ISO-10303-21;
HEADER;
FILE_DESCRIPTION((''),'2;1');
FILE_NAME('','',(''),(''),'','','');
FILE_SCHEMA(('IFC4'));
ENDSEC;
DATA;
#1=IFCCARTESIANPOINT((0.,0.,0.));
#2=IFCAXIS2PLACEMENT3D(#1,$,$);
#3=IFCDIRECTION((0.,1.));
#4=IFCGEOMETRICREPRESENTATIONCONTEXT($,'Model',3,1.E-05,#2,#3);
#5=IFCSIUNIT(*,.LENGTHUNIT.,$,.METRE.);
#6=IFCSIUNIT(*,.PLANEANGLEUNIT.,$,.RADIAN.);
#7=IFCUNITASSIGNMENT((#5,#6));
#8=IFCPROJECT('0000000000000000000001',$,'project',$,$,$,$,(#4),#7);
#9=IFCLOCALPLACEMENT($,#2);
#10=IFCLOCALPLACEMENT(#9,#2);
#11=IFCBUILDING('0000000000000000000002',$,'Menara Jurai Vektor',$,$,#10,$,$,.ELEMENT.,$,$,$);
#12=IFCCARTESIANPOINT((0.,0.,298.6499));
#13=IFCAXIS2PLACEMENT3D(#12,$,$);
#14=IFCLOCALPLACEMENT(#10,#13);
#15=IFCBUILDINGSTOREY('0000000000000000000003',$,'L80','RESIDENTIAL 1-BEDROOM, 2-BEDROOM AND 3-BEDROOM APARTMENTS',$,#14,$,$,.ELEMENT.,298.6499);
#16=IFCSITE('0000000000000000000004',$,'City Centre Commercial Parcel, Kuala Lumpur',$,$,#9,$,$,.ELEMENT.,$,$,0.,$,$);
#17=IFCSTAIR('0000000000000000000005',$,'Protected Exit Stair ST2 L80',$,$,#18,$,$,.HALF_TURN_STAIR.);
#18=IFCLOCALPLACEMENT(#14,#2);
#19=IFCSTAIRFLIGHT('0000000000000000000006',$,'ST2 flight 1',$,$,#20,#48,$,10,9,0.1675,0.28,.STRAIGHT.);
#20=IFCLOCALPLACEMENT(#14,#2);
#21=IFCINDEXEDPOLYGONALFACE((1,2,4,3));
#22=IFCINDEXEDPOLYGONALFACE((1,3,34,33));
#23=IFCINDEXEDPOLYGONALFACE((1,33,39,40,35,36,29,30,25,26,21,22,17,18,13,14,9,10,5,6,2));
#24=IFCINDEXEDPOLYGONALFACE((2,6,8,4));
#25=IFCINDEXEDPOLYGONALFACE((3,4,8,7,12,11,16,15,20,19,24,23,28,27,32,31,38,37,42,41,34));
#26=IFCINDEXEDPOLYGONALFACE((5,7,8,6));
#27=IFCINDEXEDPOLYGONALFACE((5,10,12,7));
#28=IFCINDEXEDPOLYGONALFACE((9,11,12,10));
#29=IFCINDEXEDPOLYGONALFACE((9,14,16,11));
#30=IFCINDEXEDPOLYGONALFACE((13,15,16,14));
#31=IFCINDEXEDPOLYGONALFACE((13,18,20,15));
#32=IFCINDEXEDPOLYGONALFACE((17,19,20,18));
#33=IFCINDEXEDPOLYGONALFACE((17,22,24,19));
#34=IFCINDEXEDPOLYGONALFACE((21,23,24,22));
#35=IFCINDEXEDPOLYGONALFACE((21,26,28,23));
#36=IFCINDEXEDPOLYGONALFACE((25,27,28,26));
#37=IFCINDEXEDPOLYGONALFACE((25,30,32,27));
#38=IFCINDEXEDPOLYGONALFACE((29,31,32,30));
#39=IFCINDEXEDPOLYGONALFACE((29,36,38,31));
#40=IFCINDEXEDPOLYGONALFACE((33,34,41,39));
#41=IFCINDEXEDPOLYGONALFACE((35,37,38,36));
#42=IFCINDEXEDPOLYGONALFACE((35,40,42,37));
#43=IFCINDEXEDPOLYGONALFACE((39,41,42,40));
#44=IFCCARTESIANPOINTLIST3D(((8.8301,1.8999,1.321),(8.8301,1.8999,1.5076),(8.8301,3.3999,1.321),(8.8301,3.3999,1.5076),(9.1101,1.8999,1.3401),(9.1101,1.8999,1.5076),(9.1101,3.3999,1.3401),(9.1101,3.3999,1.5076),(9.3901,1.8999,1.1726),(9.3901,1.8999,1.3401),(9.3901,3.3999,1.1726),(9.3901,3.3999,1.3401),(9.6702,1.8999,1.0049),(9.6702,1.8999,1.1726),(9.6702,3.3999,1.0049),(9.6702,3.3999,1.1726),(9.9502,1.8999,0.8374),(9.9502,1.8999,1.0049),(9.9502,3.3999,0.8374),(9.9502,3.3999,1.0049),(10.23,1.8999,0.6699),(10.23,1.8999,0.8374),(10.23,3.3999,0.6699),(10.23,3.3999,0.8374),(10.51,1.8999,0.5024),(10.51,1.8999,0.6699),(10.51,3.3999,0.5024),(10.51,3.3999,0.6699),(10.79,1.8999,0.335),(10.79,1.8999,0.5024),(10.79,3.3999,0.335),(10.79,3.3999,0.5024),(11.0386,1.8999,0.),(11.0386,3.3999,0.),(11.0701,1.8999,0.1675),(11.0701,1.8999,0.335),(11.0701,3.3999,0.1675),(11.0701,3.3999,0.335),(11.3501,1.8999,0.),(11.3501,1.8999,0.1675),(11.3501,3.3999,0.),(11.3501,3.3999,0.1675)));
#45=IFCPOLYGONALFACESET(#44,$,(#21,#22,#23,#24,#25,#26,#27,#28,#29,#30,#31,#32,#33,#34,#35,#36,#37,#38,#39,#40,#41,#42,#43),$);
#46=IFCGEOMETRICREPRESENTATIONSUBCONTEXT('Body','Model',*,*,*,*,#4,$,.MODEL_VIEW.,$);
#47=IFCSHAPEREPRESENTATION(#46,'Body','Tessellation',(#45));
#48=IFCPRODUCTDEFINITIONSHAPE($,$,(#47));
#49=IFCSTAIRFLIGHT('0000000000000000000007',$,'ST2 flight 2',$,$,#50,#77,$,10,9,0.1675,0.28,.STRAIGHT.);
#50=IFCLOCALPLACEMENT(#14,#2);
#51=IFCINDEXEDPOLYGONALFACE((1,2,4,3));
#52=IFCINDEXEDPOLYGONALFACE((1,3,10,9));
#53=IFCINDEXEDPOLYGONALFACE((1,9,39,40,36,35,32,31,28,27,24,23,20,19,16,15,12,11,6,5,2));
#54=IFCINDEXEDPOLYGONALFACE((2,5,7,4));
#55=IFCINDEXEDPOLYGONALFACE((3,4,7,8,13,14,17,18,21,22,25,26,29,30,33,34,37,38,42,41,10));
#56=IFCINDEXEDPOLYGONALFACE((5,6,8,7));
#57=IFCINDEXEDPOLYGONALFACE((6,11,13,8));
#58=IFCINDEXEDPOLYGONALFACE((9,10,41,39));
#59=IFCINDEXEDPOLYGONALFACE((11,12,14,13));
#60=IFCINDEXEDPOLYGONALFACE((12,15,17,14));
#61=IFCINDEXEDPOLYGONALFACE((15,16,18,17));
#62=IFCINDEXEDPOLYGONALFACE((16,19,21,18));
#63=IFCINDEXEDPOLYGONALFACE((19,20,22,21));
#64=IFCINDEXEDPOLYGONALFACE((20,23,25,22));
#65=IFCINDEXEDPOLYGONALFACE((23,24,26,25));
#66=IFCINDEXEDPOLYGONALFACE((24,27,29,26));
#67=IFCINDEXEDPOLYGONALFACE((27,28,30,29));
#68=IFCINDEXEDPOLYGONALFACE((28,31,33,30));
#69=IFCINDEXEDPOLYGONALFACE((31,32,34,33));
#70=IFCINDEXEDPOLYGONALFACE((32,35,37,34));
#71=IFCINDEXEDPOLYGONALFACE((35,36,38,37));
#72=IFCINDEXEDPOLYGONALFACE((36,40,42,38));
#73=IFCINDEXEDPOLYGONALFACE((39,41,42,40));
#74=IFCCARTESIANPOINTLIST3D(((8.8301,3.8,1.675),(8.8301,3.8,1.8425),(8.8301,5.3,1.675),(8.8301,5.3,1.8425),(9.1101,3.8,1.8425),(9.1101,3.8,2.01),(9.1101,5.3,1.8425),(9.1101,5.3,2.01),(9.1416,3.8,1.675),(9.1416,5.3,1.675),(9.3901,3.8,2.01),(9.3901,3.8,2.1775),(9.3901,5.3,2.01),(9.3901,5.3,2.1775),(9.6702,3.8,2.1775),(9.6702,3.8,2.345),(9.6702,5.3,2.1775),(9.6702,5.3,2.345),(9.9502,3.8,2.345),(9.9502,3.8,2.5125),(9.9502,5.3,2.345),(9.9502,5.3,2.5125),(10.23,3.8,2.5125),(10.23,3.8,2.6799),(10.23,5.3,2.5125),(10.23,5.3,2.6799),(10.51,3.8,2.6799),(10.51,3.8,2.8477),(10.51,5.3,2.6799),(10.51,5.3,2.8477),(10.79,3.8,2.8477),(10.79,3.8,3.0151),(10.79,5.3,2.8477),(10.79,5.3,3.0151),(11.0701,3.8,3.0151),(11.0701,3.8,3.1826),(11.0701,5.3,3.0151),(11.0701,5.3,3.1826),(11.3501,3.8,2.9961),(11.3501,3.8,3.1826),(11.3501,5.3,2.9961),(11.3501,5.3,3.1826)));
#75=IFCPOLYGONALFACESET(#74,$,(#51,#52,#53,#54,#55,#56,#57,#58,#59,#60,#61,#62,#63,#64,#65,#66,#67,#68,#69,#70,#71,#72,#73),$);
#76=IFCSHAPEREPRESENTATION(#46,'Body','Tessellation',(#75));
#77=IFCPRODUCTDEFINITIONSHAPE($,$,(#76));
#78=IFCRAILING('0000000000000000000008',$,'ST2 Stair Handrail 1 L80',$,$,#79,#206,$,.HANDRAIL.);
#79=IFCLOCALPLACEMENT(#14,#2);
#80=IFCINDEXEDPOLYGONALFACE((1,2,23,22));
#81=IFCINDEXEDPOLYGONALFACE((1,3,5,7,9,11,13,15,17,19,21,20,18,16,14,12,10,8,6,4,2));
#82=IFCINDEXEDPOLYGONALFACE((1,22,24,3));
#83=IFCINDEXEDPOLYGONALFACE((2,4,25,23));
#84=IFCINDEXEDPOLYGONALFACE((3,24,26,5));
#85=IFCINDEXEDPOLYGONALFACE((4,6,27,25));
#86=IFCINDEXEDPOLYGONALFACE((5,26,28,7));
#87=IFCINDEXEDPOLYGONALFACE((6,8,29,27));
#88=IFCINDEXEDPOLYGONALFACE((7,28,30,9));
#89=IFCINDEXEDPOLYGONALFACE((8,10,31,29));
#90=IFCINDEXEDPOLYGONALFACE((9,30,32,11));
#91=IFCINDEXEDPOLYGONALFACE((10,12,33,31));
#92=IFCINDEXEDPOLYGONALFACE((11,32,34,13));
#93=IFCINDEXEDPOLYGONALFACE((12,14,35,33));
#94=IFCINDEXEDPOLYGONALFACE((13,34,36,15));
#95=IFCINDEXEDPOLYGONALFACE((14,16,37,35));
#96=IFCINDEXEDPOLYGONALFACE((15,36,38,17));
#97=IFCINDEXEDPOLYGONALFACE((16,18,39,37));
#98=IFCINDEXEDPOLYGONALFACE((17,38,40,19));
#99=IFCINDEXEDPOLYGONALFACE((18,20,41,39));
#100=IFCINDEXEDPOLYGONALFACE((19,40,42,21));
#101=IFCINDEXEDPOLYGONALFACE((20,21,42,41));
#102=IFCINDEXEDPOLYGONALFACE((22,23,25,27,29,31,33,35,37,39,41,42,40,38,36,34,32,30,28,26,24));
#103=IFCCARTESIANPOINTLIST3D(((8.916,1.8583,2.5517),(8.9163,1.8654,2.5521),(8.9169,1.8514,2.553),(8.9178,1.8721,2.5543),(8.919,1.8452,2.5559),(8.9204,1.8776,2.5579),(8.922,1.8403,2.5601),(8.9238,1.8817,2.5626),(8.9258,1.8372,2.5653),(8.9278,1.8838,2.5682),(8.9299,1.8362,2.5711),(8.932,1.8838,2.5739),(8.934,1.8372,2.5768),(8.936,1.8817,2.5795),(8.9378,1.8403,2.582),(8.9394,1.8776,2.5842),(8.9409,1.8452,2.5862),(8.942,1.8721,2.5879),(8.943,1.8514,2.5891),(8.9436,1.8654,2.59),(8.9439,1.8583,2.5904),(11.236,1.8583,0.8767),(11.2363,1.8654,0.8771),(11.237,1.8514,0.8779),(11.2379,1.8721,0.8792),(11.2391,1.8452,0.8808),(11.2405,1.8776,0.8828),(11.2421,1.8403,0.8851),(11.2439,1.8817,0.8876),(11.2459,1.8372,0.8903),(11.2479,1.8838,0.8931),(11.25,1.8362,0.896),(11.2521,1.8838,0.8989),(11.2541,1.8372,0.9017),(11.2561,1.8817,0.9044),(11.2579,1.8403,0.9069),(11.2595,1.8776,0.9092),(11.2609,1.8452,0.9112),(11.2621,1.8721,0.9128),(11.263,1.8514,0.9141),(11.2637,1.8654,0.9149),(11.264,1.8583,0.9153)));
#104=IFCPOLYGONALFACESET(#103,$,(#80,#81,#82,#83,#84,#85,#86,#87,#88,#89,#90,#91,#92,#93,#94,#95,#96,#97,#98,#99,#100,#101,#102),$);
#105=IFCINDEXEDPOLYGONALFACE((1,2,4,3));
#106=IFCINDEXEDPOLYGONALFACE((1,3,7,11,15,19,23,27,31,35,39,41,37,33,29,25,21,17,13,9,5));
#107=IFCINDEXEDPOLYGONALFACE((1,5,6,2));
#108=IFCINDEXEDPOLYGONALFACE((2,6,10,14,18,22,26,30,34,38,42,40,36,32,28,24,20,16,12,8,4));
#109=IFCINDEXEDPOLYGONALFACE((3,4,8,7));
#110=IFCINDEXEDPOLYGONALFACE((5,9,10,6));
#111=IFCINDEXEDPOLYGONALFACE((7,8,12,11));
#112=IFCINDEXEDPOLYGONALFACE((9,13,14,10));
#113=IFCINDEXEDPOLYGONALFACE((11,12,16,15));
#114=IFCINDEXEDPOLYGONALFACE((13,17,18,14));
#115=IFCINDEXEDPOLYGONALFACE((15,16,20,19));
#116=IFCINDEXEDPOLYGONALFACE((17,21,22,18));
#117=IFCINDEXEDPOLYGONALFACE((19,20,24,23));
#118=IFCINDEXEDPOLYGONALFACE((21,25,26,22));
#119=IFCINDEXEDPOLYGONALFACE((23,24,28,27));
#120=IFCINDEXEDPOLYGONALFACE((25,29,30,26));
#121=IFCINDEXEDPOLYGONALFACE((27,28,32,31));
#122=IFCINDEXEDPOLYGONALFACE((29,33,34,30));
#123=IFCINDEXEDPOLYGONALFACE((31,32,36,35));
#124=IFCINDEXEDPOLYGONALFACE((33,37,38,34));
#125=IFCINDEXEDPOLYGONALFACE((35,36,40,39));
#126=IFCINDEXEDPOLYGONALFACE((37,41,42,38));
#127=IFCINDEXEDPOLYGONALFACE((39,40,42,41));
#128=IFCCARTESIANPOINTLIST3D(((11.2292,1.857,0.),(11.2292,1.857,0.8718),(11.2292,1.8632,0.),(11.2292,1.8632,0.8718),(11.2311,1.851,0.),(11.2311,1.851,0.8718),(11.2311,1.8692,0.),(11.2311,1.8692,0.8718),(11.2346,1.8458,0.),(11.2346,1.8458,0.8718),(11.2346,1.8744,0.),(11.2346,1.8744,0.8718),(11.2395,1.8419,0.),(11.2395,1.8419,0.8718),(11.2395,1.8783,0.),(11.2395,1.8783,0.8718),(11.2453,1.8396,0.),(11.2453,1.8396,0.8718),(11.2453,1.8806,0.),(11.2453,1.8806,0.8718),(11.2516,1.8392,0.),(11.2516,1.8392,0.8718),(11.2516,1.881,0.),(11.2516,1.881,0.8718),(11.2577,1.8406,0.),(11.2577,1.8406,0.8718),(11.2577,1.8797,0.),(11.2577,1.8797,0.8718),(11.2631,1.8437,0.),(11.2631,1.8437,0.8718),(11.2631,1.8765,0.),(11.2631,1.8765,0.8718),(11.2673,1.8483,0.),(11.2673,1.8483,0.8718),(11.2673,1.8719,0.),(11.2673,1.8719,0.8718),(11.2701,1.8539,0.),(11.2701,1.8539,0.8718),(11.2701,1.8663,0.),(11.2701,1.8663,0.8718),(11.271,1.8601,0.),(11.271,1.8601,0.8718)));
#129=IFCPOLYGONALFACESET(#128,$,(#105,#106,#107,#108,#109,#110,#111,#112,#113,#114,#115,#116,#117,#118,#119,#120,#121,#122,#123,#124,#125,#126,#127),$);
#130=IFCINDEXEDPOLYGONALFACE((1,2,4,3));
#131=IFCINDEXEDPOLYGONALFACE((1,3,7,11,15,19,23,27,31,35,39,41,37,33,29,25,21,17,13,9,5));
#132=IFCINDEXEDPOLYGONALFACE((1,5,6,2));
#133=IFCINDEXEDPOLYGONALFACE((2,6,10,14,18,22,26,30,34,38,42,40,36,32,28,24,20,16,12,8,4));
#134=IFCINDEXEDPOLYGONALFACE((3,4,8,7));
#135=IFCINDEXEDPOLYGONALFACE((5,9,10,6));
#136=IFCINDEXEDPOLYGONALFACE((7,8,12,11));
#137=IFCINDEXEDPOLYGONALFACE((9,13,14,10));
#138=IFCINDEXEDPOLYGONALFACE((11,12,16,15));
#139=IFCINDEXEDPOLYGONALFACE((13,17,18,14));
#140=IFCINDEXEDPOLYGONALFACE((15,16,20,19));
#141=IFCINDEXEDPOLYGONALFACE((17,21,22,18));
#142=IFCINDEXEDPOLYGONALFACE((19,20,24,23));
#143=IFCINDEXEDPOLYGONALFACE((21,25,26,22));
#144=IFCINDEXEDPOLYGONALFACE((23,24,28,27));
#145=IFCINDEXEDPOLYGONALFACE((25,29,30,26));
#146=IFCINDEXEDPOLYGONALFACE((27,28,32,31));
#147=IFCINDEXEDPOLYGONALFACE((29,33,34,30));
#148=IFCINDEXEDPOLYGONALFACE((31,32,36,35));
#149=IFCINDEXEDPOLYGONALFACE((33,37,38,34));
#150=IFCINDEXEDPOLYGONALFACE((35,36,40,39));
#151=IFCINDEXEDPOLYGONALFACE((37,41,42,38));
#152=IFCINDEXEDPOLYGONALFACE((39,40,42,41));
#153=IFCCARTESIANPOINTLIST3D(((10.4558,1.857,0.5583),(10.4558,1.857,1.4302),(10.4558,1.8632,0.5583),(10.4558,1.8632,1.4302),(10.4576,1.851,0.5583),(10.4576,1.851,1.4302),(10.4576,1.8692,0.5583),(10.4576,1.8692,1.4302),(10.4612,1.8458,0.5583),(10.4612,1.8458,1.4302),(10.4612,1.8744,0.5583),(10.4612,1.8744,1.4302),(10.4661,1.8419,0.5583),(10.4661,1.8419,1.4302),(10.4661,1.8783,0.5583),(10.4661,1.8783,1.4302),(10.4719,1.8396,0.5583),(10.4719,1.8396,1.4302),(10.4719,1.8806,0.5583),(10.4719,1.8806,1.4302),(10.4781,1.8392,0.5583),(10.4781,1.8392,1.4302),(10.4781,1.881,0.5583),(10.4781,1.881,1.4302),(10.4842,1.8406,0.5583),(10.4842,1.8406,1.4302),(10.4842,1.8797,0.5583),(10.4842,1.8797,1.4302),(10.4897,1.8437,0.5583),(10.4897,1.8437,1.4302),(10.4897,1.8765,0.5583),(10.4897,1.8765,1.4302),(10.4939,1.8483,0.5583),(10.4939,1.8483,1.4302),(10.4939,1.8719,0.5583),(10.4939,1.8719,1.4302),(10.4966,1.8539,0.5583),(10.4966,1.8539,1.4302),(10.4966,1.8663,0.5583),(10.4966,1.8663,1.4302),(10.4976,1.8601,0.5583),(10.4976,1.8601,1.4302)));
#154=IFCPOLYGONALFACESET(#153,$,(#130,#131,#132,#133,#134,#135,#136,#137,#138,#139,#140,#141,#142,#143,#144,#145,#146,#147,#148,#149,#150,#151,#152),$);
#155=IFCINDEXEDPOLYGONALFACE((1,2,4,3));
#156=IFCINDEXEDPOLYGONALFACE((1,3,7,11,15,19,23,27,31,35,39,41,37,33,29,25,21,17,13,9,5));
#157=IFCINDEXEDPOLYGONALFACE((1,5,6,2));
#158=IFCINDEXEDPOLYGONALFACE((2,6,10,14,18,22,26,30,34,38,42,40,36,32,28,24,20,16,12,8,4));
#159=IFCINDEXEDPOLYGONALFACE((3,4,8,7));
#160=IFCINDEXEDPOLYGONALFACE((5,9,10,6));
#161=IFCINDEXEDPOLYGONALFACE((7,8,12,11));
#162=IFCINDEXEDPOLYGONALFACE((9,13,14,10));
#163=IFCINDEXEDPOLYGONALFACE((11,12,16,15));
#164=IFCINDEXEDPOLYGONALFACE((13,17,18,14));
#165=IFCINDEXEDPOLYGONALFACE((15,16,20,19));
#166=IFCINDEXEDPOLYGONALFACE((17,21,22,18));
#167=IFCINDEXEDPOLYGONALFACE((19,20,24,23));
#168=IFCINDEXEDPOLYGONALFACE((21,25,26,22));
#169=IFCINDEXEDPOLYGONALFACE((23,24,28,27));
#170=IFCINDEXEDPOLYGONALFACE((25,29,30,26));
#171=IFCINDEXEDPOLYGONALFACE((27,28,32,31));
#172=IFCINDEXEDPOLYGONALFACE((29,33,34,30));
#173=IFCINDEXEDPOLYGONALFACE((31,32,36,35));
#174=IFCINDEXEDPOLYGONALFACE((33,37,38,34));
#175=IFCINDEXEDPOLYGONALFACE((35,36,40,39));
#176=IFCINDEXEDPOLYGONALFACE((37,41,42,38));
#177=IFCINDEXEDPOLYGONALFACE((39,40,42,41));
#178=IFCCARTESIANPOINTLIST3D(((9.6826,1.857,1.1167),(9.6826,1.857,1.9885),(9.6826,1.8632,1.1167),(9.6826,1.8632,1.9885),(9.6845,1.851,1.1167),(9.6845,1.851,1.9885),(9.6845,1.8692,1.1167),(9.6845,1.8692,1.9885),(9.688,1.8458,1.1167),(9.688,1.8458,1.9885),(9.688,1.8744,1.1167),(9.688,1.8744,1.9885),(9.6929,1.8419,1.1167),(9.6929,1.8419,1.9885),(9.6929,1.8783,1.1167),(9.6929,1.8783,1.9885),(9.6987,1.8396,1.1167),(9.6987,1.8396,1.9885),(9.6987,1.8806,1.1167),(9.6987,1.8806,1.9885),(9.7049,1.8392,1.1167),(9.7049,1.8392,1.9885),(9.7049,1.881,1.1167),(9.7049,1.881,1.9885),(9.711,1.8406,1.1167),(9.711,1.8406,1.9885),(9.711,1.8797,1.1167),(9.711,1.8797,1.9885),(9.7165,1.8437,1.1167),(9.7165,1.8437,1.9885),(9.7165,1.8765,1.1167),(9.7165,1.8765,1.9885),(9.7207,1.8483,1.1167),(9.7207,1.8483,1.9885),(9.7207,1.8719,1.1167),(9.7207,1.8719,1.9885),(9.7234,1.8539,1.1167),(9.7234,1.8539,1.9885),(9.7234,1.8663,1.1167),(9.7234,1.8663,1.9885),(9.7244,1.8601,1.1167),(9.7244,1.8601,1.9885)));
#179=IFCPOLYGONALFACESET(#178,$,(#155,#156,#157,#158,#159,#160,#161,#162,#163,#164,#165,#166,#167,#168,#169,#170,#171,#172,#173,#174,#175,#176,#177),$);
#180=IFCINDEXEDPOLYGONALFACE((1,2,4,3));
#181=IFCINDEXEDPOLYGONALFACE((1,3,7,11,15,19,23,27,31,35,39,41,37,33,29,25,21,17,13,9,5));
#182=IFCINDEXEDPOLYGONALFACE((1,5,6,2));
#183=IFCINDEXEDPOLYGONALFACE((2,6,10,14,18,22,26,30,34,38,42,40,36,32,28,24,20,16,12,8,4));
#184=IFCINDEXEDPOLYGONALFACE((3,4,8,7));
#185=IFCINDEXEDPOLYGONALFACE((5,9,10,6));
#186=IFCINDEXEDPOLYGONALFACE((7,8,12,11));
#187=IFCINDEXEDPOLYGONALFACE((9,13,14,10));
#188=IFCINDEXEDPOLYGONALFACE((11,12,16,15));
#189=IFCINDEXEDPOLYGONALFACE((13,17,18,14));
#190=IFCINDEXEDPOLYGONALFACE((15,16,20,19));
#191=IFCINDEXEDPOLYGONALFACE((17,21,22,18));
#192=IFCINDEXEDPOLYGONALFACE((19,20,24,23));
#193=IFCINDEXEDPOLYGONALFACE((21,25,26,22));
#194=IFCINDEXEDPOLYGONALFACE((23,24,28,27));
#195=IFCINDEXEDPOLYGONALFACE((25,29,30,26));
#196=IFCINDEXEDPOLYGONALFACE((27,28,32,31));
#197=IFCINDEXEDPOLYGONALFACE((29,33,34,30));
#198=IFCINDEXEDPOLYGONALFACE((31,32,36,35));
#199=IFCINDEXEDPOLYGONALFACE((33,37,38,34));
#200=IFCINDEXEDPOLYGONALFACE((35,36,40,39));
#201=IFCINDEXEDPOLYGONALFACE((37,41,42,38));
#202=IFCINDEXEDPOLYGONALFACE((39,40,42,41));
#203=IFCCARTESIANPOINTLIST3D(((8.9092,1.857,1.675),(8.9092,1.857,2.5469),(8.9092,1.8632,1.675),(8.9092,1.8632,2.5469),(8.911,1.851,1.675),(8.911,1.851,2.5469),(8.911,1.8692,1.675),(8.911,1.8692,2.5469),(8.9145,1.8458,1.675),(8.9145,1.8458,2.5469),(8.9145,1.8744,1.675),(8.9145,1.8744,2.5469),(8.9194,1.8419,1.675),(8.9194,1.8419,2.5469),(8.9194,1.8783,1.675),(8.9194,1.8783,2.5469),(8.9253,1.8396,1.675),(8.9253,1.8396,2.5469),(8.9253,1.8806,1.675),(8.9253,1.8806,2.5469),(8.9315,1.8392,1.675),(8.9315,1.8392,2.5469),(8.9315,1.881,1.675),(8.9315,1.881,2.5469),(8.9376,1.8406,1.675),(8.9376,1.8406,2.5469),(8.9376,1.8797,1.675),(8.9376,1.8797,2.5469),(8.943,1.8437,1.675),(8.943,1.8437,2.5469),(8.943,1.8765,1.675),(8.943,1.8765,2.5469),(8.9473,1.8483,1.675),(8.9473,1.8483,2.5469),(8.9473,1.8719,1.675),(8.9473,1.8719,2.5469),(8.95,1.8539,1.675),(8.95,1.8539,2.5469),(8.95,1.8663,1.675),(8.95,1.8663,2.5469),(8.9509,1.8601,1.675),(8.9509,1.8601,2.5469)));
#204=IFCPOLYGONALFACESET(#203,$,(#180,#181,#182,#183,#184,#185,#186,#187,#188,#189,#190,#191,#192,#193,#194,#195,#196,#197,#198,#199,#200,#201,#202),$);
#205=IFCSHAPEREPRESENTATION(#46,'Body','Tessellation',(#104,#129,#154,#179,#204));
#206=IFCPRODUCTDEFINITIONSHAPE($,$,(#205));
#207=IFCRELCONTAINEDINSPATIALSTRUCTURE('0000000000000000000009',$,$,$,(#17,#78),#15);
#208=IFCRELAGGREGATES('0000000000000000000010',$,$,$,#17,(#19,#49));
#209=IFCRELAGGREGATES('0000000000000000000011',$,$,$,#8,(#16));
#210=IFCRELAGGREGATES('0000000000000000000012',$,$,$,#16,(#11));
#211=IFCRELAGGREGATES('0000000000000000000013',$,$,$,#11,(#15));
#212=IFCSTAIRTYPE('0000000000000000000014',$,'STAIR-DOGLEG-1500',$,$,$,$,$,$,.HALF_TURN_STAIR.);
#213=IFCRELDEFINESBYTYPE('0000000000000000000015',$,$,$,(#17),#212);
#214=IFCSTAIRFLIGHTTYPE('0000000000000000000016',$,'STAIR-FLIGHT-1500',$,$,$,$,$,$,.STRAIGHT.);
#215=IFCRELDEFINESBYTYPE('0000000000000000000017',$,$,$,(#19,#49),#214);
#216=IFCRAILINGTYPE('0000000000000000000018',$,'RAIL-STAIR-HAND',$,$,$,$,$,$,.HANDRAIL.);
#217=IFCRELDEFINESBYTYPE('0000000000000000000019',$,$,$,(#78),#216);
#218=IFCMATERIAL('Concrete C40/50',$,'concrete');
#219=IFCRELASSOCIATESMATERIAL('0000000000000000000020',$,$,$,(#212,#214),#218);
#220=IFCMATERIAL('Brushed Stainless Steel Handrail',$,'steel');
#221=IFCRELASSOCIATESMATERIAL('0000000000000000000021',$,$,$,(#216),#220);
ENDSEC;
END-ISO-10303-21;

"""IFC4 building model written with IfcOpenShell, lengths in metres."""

from ifc_helpers import new_model, si_unit, direction, frame, origin, origin_2d, place, context, subcontext, project, spatial, polyline, circle, outline, extrude, material, type_object, element, aggregate, save


model = new_model("IFC4")

# Units and contexts
model_context = context("Model", 3, precision=1e-05, world=origin(), true_north=direction((0.0, 1.0)))
body_context = subcontext(model_context, "Body", "Model", "MODEL_VIEW")
ifc_project = project(units=[si_unit("LENGTHUNIT", "METRE"), si_unit("PLANEANGLEUNIT", "RADIAN")], contexts=[model_context])

# Site, building, storey
site_placement = place(None, origin())
site = spatial("IfcSite", under=ifc_project, at=site_placement, Name="City Centre Commercial Parcel, Kuala Lumpur", CompositionType="ELEMENT", RefElevation=0.0)
building_placement = place(site_placement, origin())
building = spatial("IfcBuilding", under=site, at=building_placement, Name="Menara Jurai Vektor", CompositionType="ELEMENT")
storey_placement = place(building_placement, frame((0.0, 0.0, 298.6499)))
storey = spatial("IfcBuildingStorey", under=building, at=storey_placement, Name="L80", Description="RESIDENTIAL 1-BEDROOM, 2-BEDROOM AND 3-BEDROOM APARTMENTS", CompositionType="ELEMENT", Elevation=298.6499)

# Shared definitions
ifc_material_1 = material(Name="Concrete C40/50", Category="concrete")

# Stair, stair flights
stair_type = type_object("IfcStairType", Name="STAIR-DOGLEG-1500", PredefinedType="HALF_TURN_STAIR", material=ifc_material_1)
stair_placement = place(storey_placement, origin())
stair = element("IfcStair", 1, at=stair_placement, inside=storey, type_object=stair_type, Name="Protected Exit Stair ST2 L80", PredefinedType="HALF_TURN_STAIR")
stair_flight_type = type_object("IfcStairFlightType", Name="STAIR-FLIGHT-1500", PredefinedType="STRAIGHT", material=ifc_material_1)
stair_flight_1_placement = place(storey_placement, frame((11.3501, 2.6499, 0.0), z_axis=(0.0, 0.0, 1.0), x_axis=(-1.0, 0.0, 0.0)))
stair_flight_1 = element("IfcStairFlight", 2, at=stair_flight_1_placement, type_object=stair_flight_type, Name="ST2 flight 1", NumberOfRisers=10, NumberOfTreads=9, PredefinedType="STRAIGHT", RiserHeight=0.1675, TreadLength=0.28, context=body_context, shape_type="SweptSolid", body=[
    extrude(outline(polyline([(0.0, 0.0), (0.0, 0.1675), (0.28, 0.1675), (0.28, 0.335), (0.5601, 0.335), (0.5601, 0.5024), (0.8401, 0.5024), (0.8401, 0.6699), (1.1201, 0.6699), (1.1201, 0.8374), (1.3999, 0.8374), (1.3999, 1.0049), (1.6799, 1.0049), (1.6799, 1.1726), (1.96, 1.1726), (1.96, 1.3401), (2.24, 1.3401), (2.24, 1.5076), (2.52, 1.5076), (2.52, 1.675), (2.52, 1.321), (0.3115, 0.0), (0.0, 0.0)])), frame((0.0, 0.75, 0.0), z_axis=(0.0, -1.0, 0.0), x_axis=(1.0, 0.0, 0.0)), (0.0, 0.0, 1.0), 1.5),
])
stair_flight_2_placement = place(storey_placement, frame((8.8301, 4.55, 1.675), z_axis=(0.0, 0.0, 1.0), x_axis=(1.0, 0.0, 0.0)))
stair_flight_2 = element("IfcStairFlight", 3, at=stair_flight_2_placement, type_object=stair_flight_type, Name="ST2 flight 2", NumberOfRisers=10, NumberOfTreads=9, PredefinedType="STRAIGHT", RiserHeight=0.1675, TreadLength=0.28, context=body_context, shape_type="SweptSolid", body=[
    extrude(outline(polyline([(0.0, 0.0), (0.0, 0.1675), (0.28, 0.1675), (0.28, 0.335), (0.5601, 0.335), (0.5601, 0.5024), (0.8401, 0.5024), (0.8401, 0.6699), (1.1201, 0.6699), (1.1201, 0.8374), (1.3999, 0.8374), (1.3999, 1.0049), (1.6799, 1.0049), (1.6799, 1.1726), (1.96, 1.1726), (1.96, 1.3401), (2.24, 1.3401), (2.24, 1.5076), (2.52, 1.5076), (2.52, 1.675), (2.52, 1.321), (0.3115, 0.0), (0.0, 0.0)])), frame((0.0, 0.75, 0.0), z_axis=(0.0, -1.0, 0.0), x_axis=(1.0, 0.0, 0.0)), (0.0, 0.0, 1.0), 1.5),
])
aggregate(stair, [stair_flight_1, stair_flight_2])

# Railing
ifc_material_2 = material(Name="Brushed Stainless Steel Handrail", Category="steel")
railing_type_1 = type_object("IfcRailingType", Name="RAIL-STAIR-HAND", PredefinedType="HANDRAIL", material=ifc_material_2)
railing_1_placement = place(storey_placement, frame((11.25, 1.8601, 0.0)))
element("IfcRailing", 4, at=railing_1_placement, inside=storey, type_object=railing_type_1, Name="ST2 Stair Handrail 1 L80", PredefinedType="HANDRAIL", context=body_context, shape_type="SweptSolid", body=[
    extrude(circle(Radius=0.0239, at=origin_2d()), frame((0.0, 0.0, 0.896), z_axis=(-0.810771, 0.0, 0.585363), x_axis=(0.0, -1.0, 0.0)), (0.0, 0.0, 1.0), 2.8616),
    extrude(circle(Radius=0.021, at=origin_2d()), origin(), (0.0, 0.0, 1.0), 0.8718),
    extrude(circle(Radius=0.021, at=origin_2d()), frame((-0.7734, 0.0, 0.5583)), (0.0, 0.0, 1.0), 0.8718),
    extrude(circle(Radius=0.021, at=origin_2d()), frame((-1.5466, 0.0, 1.1167)), (0.0, 0.0, 1.0), 0.8718),
    extrude(circle(Radius=0.021, at=origin_2d()), frame((-2.3201, 0.0, 1.675)), (0.0, 0.0, 1.0), 0.8718),
])

save(model, "model.ifc")
